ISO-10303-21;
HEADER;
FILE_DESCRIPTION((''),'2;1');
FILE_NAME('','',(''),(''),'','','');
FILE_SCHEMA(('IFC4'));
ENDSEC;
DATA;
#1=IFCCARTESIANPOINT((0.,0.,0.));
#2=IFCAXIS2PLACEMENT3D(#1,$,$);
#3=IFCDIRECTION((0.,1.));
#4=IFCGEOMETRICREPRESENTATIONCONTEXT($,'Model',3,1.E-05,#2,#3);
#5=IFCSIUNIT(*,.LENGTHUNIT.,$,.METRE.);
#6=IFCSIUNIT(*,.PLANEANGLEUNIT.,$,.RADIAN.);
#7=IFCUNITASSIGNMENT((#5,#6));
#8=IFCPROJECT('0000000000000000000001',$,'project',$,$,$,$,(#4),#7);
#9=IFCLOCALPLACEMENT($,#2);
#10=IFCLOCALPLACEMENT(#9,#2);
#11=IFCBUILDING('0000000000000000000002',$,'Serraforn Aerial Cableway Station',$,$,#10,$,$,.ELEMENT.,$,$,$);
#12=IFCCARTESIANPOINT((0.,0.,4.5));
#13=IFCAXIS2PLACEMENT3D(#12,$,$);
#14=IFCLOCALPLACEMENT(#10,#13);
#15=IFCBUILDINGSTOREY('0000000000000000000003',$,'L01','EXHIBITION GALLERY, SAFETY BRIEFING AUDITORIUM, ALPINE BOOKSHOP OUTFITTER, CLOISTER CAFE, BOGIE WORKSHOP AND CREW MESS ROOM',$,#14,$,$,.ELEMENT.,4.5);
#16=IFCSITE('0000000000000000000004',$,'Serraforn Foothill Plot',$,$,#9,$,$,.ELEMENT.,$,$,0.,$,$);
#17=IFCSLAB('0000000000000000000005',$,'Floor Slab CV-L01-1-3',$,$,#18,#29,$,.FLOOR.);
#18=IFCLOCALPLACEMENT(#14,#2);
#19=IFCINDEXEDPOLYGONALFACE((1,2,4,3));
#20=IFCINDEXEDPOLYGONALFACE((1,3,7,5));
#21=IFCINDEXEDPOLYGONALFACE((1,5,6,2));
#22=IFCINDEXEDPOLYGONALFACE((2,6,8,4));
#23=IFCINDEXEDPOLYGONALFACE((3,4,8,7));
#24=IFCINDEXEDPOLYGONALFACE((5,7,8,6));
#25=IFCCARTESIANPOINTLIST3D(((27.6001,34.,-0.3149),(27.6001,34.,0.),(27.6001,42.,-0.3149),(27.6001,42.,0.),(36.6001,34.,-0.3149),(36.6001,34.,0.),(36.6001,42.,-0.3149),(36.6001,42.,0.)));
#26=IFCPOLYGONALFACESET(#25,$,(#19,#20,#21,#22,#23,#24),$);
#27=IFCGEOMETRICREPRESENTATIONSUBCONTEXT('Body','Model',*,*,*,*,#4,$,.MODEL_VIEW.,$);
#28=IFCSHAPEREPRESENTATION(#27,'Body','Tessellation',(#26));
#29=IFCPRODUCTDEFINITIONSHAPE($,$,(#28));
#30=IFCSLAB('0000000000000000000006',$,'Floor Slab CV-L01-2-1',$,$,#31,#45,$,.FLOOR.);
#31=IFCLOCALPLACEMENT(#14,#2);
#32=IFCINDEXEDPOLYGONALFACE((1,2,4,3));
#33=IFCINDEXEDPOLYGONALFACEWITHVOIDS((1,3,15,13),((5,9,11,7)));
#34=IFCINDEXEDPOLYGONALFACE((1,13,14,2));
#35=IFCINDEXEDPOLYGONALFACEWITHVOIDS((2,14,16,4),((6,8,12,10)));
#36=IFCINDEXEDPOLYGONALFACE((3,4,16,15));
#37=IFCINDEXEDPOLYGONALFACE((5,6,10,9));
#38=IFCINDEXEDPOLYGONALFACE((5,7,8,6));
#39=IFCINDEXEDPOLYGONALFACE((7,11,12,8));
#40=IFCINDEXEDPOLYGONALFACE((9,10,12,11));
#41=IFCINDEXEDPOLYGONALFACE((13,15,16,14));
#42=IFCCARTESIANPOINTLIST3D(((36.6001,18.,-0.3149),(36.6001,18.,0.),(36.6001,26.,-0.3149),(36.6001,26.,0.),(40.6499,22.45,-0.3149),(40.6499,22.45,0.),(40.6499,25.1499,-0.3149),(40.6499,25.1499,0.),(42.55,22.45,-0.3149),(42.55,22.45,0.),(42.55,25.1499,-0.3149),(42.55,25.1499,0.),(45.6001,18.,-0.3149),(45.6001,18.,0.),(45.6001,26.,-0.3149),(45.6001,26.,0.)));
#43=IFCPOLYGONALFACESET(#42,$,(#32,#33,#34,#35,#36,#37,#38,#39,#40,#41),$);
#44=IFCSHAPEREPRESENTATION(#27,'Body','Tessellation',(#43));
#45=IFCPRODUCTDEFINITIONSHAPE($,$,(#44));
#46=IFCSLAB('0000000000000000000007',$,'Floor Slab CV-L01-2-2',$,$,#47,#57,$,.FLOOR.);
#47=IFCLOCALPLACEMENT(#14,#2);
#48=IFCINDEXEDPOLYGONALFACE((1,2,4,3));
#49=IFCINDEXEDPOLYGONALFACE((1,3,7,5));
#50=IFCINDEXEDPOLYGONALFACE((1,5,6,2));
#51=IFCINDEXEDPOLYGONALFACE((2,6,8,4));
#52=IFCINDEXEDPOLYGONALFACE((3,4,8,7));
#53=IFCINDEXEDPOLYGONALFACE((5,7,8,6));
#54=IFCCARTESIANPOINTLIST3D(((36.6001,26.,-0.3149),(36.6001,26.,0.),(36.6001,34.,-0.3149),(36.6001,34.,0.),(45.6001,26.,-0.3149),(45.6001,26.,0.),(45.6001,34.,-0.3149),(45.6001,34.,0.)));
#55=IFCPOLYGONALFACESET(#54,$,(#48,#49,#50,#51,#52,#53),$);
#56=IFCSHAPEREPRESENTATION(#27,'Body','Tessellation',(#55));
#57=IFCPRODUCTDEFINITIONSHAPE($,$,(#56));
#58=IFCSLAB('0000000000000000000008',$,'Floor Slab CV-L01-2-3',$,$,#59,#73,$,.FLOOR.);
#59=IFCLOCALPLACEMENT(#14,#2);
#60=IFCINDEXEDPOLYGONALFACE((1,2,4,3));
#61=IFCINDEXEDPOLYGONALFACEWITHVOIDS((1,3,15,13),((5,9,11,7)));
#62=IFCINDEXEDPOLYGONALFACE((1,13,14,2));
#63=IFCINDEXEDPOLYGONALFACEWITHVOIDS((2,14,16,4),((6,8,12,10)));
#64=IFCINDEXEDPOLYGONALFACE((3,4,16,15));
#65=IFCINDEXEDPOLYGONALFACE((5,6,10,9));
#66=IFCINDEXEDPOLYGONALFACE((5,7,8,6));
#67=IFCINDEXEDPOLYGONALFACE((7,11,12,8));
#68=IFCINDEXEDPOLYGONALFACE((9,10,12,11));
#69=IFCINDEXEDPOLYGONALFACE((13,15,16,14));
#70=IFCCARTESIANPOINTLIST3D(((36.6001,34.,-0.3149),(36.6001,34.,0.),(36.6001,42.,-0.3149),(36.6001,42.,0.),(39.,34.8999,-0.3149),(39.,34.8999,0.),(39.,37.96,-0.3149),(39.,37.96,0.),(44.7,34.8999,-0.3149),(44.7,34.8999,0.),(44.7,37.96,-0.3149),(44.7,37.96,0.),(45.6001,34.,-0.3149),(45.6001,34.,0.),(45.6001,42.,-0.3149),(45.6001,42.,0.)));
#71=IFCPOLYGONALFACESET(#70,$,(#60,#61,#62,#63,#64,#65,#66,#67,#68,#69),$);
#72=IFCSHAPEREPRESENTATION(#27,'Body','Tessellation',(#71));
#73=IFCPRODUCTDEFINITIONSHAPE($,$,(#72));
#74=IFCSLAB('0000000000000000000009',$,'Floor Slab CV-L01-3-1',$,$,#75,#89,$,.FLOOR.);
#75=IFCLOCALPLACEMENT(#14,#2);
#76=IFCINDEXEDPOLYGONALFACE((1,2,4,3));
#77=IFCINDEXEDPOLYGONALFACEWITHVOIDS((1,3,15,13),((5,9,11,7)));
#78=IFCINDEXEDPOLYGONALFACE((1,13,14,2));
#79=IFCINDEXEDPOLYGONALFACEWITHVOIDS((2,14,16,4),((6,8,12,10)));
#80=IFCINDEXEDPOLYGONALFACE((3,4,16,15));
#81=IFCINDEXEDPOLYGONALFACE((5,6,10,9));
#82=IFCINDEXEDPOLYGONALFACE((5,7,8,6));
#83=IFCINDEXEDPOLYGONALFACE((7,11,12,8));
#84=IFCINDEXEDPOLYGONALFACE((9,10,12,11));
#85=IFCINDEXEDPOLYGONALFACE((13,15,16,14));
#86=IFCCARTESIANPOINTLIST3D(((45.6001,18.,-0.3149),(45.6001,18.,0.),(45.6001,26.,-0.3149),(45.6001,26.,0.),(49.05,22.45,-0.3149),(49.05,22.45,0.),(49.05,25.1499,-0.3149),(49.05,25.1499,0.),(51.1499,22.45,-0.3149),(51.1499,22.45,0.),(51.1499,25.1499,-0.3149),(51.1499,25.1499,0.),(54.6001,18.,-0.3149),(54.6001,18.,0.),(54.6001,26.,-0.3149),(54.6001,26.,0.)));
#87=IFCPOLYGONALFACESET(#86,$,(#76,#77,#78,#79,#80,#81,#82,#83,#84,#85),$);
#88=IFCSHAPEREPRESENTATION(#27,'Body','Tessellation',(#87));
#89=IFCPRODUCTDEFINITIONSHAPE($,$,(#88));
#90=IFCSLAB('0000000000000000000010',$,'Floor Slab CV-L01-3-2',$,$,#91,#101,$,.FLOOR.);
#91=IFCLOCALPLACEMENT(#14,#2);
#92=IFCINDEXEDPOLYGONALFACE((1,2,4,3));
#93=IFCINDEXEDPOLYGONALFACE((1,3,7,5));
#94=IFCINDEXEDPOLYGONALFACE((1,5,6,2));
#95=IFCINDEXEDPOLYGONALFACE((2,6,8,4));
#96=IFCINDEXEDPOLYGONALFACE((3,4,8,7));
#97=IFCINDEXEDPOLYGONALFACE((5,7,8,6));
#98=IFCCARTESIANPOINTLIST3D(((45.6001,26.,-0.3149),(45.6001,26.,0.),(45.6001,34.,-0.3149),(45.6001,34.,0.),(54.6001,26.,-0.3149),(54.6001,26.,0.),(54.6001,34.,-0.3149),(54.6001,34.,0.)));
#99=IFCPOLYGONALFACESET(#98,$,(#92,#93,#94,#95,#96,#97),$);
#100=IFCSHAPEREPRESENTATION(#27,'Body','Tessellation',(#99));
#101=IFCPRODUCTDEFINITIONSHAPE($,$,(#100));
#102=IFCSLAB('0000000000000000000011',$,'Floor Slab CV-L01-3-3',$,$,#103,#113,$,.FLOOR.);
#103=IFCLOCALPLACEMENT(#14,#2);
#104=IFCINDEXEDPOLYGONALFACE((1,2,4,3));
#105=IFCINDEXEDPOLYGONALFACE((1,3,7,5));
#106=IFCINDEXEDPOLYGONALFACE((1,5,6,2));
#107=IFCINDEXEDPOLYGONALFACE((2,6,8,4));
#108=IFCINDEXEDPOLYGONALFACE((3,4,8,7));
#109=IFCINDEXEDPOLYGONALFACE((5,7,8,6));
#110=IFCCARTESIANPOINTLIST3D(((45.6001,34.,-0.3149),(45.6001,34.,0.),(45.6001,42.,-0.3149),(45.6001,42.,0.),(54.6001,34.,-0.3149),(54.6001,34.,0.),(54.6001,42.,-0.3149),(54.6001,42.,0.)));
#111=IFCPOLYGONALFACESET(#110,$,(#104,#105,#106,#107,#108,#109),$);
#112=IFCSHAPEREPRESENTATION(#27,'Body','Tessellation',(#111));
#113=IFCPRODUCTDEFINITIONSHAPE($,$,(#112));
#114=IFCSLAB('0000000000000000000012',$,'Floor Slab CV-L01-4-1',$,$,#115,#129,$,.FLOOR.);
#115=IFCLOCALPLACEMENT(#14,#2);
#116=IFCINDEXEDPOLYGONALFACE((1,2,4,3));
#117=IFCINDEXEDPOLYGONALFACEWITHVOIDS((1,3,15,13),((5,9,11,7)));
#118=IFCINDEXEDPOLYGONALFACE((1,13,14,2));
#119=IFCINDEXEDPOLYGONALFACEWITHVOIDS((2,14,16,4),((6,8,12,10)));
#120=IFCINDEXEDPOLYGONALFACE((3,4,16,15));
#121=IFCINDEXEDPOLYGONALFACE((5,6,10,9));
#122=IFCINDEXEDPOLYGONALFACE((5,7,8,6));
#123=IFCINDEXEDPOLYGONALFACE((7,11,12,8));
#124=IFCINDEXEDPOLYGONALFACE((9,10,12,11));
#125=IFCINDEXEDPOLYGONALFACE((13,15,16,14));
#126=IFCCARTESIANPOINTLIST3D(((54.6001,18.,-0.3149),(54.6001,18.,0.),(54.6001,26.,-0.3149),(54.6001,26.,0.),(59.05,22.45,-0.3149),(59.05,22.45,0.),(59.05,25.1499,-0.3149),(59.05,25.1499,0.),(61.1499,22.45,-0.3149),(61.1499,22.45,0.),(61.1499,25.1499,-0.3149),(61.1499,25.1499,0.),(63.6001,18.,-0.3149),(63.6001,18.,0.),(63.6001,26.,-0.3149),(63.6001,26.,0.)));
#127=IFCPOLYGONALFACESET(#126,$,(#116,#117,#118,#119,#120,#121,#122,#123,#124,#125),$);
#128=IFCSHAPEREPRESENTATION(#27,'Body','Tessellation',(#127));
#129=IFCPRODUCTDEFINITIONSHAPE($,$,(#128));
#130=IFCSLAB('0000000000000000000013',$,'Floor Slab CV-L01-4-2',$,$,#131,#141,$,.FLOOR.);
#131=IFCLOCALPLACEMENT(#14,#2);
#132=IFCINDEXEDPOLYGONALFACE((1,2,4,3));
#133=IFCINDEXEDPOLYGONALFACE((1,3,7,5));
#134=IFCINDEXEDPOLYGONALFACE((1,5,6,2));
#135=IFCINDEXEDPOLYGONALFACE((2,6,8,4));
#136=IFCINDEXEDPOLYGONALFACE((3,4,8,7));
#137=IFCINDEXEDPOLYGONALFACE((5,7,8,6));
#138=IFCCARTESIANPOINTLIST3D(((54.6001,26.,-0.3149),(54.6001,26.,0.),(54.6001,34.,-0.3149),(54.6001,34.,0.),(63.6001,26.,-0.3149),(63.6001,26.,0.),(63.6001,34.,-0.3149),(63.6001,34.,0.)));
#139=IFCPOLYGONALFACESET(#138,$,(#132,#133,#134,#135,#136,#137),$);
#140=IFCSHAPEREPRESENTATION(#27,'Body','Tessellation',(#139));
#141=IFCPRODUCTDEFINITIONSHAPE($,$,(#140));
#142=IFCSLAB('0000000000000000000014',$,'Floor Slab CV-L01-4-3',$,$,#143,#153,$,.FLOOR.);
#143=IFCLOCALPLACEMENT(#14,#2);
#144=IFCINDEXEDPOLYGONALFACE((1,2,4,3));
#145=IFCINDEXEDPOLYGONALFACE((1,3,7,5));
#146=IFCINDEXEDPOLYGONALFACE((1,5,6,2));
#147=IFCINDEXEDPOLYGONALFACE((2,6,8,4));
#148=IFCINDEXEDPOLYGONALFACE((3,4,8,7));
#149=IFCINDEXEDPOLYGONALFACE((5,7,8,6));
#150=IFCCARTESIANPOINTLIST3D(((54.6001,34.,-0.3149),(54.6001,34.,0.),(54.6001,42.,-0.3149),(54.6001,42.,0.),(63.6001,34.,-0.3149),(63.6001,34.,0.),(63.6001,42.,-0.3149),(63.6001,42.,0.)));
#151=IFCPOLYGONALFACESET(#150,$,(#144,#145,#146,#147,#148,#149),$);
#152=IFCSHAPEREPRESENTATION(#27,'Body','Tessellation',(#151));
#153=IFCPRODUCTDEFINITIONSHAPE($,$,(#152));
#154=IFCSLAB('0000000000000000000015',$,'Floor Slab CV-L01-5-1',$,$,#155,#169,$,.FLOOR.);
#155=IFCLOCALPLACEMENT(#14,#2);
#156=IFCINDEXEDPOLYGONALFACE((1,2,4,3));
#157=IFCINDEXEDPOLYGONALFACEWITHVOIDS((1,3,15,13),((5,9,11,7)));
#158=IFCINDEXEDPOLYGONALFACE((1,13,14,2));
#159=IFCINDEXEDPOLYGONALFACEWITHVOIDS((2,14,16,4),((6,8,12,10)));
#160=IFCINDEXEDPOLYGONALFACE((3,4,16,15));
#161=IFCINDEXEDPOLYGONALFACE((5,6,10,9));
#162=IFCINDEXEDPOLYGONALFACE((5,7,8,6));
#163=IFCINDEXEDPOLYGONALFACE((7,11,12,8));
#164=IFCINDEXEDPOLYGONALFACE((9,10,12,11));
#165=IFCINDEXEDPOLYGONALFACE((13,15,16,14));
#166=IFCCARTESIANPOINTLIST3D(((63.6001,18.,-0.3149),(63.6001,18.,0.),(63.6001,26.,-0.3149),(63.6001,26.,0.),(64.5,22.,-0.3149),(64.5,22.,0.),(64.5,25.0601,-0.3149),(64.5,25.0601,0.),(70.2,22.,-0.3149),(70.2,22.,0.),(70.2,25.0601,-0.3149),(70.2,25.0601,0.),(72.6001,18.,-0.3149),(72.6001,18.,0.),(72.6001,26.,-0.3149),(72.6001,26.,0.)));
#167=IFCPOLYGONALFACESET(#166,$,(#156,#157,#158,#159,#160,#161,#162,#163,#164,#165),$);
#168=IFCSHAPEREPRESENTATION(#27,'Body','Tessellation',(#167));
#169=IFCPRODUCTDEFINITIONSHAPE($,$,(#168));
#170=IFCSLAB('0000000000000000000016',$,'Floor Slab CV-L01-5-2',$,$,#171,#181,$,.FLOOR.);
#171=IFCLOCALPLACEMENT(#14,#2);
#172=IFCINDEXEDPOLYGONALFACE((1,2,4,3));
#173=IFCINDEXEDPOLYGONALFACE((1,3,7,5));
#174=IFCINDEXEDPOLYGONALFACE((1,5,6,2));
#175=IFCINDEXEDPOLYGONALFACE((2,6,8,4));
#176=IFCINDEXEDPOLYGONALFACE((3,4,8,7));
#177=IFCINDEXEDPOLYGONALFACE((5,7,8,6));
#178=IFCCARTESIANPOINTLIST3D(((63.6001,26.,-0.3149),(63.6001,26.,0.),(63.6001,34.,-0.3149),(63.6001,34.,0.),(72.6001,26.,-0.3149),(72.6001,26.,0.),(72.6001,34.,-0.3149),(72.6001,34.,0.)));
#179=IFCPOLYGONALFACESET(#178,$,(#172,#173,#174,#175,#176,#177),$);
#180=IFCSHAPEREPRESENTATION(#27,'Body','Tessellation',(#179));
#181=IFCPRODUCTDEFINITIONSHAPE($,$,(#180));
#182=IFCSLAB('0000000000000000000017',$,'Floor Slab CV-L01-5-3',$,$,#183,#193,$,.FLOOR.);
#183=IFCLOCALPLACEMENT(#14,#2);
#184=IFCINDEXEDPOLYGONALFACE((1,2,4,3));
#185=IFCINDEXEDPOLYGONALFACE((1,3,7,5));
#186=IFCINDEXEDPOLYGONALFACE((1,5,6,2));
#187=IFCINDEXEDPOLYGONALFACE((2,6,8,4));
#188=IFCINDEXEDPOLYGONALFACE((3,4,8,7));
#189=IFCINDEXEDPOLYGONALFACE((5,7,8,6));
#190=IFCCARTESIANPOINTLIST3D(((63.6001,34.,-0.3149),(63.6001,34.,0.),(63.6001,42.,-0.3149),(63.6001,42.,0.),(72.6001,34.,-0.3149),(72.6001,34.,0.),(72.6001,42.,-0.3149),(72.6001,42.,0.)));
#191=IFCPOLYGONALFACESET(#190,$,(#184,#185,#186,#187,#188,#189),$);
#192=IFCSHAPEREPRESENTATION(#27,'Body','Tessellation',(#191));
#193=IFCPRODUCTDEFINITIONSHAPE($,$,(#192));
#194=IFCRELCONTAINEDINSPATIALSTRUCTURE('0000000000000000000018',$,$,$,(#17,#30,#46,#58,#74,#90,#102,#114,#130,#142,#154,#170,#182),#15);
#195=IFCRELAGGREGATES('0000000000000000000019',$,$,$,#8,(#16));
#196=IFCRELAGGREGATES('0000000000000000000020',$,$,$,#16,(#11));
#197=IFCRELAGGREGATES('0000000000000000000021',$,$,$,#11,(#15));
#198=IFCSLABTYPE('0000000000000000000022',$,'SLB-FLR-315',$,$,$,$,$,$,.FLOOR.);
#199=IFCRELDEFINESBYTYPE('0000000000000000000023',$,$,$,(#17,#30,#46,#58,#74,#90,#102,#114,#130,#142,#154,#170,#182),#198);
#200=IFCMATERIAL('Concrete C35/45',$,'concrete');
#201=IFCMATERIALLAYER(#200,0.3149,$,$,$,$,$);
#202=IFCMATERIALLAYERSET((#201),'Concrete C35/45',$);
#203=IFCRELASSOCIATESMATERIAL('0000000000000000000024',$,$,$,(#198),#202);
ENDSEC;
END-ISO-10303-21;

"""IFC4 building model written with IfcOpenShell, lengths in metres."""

from ifc_helpers import new_model, si_unit, direction, frame, origin, place, context, subcontext, project, spatial, polyline, outline, extrude, material, layer, layer_set, type_object, element, save


model = new_model("IFC4")

# Units and contexts
model_context = context("Model", 3, precision=1e-05, world=origin(), true_north=direction((0.0, 1.0)))
body_context = subcontext(model_context, "Body", "Model", "MODEL_VIEW")
ifc_project = project(units=[si_unit("LENGTHUNIT", "METRE"), si_unit("PLANEANGLEUNIT", "RADIAN")], contexts=[model_context])

# Site, building, storey
site_placement = place(None, origin())
site = spatial("IfcSite", under=ifc_project, at=site_placement, Name="Serraforn Foothill Plot", CompositionType="ELEMENT", RefElevation=0.0)
building_placement = place(site_placement, origin())
building = spatial("IfcBuilding", under=site, at=building_placement, Name="Serraforn Aerial Cableway Station", CompositionType="ELEMENT")
storey_placement = place(building_placement, frame((0.0, 0.0, 4.5)))
storey = spatial("IfcBuildingStorey", under=building, at=storey_placement, Name="L01", Description="EXHIBITION GALLERY, SAFETY BRIEFING AUDITORIUM, ALPINE BOOKSHOP OUTFITTER, CLOISTER CAFE, BOGIE WORKSHOP AND CREW MESS ROOM", CompositionType="ELEMENT", Elevation=4.5)

# Slabs
ifc_material = material(Name="Concrete C35/45", Category="concrete")
ifc_layer_1 = layer(ifc_material, 0.3149)
ifc_layer_set_1 = layer_set([ifc_layer_1], Name="Concrete C35/45")
slab_type_1 = type_object("IfcSlabType", Name="SLB-FLR-315", PredefinedType="FLOOR", material=ifc_layer_set_1)
slab_1_placement = place(storey_placement, frame((0.0, 0.0, -0.3149)))
element("IfcSlab", 1, at=slab_1_placement, inside=storey, type_object=slab_type_1, Name="Floor Slab CV-L01-1-3", PredefinedType="FLOOR", context=body_context, shape_type="SweptSolid", body=[
    extrude(outline(polyline([(27.6001, 34.0), (36.6001, 34.0), (36.6001, 42.0), (27.6001, 42.0), (27.6001, 34.0)])), origin(), (0.0, 0.0, 1.0), 0.3149),
])
slab_2_placement = place(storey_placement, frame((0.0, 0.0, -0.3149)))
element("IfcSlab", 2, at=slab_2_placement, inside=storey, type_object=slab_type_1, Name="Floor Slab CV-L01-2-1", PredefinedType="FLOOR", context=body_context, shape_type="SweptSolid", body=[
    extrude(outline(polyline([(36.6001, 18.0), (45.6001, 18.0), (45.6001, 26.0), (36.6001, 26.0), (36.6001, 18.0)]), holes=[polyline([(40.6499, 22.45), (42.55, 22.45), (42.55, 25.1499), (40.6499, 25.1499), (40.6499, 22.45)])]), origin(), (0.0, 0.0, 1.0), 0.3149),
])
slab_3_placement = place(storey_placement, frame((0.0, 0.0, -0.3149)))
element("IfcSlab", 3, at=slab_3_placement, inside=storey, type_object=slab_type_1, Name="Floor Slab CV-L01-2-2", PredefinedType="FLOOR", context=body_context, shape_type="SweptSolid", body=[
    extrude(outline(polyline([(36.6001, 26.0), (45.6001, 26.0), (45.6001, 34.0), (36.6001, 34.0), (36.6001, 26.0)])), origin(), (0.0, 0.0, 1.0), 0.3149),
])
slab_4_placement = place(storey_placement, frame((0.0, 0.0, -0.3149)))
element("IfcSlab", 4, at=slab_4_placement, inside=storey, type_object=slab_type_1, Name="Floor Slab CV-L01-2-3", PredefinedType="FLOOR", context=body_context, shape_type="SweptSolid", body=[
    extrude(outline(polyline([(36.6001, 34.0), (45.6001, 34.0), (45.6001, 42.0), (36.6001, 42.0), (36.6001, 34.0)]), holes=[polyline([(39.0, 34.8999), (44.7, 34.8999), (44.7, 37.96), (39.0, 37.96), (39.0, 34.8999)])]), origin(), (0.0, 0.0, 1.0), 0.3149),
])
slab_5_placement = place(storey_placement, frame((0.0, 0.0, -0.3149)))
element("IfcSlab", 5, at=slab_5_placement, inside=storey, type_object=slab_type_1, Name="Floor Slab CV-L01-3-1", PredefinedType="FLOOR", context=body_context, shape_type="SweptSolid", body=[
    extrude(outline(polyline([(45.6001, 18.0), (54.6001, 18.0), (54.6001, 26.0), (45.6001, 26.0), (45.6001, 18.0)]), holes=[polyline([(49.05, 22.45), (51.1499, 22.45), (51.1499, 25.1499), (49.05, 25.1499), (49.05, 22.45)])]), origin(), (0.0, 0.0, 1.0), 0.3149),
])
slab_6_placement = place(storey_placement, frame((0.0, 0.0, -0.3149)))
element("IfcSlab", 6, at=slab_6_placement, inside=storey, type_object=slab_type_1, Name="Floor Slab CV-L01-3-2", PredefinedType="FLOOR", context=body_context, shape_type="SweptSolid", body=[
    extrude(outline(polyline([(45.6001, 26.0), (54.6001, 26.0), (54.6001, 34.0), (45.6001, 34.0), (45.6001, 26.0)])), origin(), (0.0, 0.0, 1.0), 0.3149),
])
slab_7_placement = place(storey_placement, frame((0.0, 0.0, -0.3149)))
element("IfcSlab", 7, at=slab_7_placement, inside=storey, type_object=slab_type_1, Name="Floor Slab CV-L01-3-3", PredefinedType="FLOOR", context=body_context, shape_type="SweptSolid", body=[
    extrude(outline(polyline([(45.6001, 34.0), (54.6001, 34.0), (54.6001, 42.0), (45.6001, 42.0), (45.6001, 34.0)])), origin(), (0.0, 0.0, 1.0), 0.3149),
])
slab_8_placement = place(storey_placement, frame((0.0, 0.0, -0.3149)))
element("IfcSlab", 8, at=slab_8_placement, inside=storey, type_object=slab_type_1, Name="Floor Slab CV-L01-4-1", PredefinedType="FLOOR", context=body_context, shape_type="SweptSolid", body=[
    extrude(outline(polyline([(54.6001, 18.0), (63.6001, 18.0), (63.6001, 26.0), (54.6001, 26.0), (54.6001, 18.0)]), holes=[polyline([(59.05, 22.45), (61.1499, 22.45), (61.1499, 25.1499), (59.05, 25.1499), (59.05, 22.45)])]), origin(), (0.0, 0.0, 1.0), 0.3149),
])
slab_9_placement = place(storey_placement, frame((0.0, 0.0, -0.3149)))
element("IfcSlab", 9, at=slab_9_placement, inside=storey, type_object=slab_type_1, Name="Floor Slab CV-L01-4-2", PredefinedType="FLOOR", context=body_context, shape_type="SweptSolid", body=[
    extrude(outline(polyline([(54.6001, 26.0), (63.6001, 26.0), (63.6001, 34.0), (54.6001, 34.0), (54.6001, 26.0)])), origin(), (0.0, 0.0, 1.0), 0.3149),
])
slab_10_placement = place(storey_placement, frame((0.0, 0.0, -0.3149)))
element("IfcSlab", 10, at=slab_10_placement, inside=storey, type_object=slab_type_1, Name="Floor Slab CV-L01-4-3", PredefinedType="FLOOR", context=body_context, shape_type="SweptSolid", body=[
    extrude(outline(polyline([(54.6001, 34.0), (63.6001, 34.0), (63.6001, 42.0), (54.6001, 42.0), (54.6001, 34.0)])), origin(), (0.0, 0.0, 1.0), 0.3149),
])
slab_11_placement = place(storey_placement, frame((0.0, 0.0, -0.3149)))
element("IfcSlab", 11, at=slab_11_placement, inside=storey, type_object=slab_type_1, Name="Floor Slab CV-L01-5-1", PredefinedType="FLOOR", context=body_context, shape_type="SweptSolid", body=[
    extrude(outline(polyline([(63.6001, 18.0), (72.6001, 18.0), (72.6001, 26.0), (63.6001, 26.0), (63.6001, 18.0)]), holes=[polyline([(70.2, 25.0601), (64.5, 25.0601), (64.5, 22.0), (70.2, 22.0), (70.2, 25.0601)])]), origin(), (0.0, 0.0, 1.0), 0.3149),
])
slab_12_placement = place(storey_placement, frame((0.0, 0.0, -0.3149)))
element("IfcSlab", 12, at=slab_12_placement, inside=storey, type_object=slab_type_1, Name="Floor Slab CV-L01-5-2", PredefinedType="FLOOR", context=body_context, shape_type="SweptSolid", body=[
    extrude(outline(polyline([(63.6001, 26.0), (72.6001, 26.0), (72.6001, 34.0), (63.6001, 34.0), (63.6001, 26.0)])), origin(), (0.0, 0.0, 1.0), 0.3149),
])
slab_13_placement = place(storey_placement, frame((0.0, 0.0, -0.3149)))
element("IfcSlab", 13, at=slab_13_placement, inside=storey, type_object=slab_type_1, Name="Floor Slab CV-L01-5-3", PredefinedType="FLOOR", context=body_context, shape_type="SweptSolid", body=[
    extrude(outline(polyline([(63.6001, 34.0), (72.6001, 34.0), (72.6001, 42.0), (63.6001, 42.0), (63.6001, 34.0)])), origin(), (0.0, 0.0, 1.0), 0.3149),
])

save(model, "model.ifc")
